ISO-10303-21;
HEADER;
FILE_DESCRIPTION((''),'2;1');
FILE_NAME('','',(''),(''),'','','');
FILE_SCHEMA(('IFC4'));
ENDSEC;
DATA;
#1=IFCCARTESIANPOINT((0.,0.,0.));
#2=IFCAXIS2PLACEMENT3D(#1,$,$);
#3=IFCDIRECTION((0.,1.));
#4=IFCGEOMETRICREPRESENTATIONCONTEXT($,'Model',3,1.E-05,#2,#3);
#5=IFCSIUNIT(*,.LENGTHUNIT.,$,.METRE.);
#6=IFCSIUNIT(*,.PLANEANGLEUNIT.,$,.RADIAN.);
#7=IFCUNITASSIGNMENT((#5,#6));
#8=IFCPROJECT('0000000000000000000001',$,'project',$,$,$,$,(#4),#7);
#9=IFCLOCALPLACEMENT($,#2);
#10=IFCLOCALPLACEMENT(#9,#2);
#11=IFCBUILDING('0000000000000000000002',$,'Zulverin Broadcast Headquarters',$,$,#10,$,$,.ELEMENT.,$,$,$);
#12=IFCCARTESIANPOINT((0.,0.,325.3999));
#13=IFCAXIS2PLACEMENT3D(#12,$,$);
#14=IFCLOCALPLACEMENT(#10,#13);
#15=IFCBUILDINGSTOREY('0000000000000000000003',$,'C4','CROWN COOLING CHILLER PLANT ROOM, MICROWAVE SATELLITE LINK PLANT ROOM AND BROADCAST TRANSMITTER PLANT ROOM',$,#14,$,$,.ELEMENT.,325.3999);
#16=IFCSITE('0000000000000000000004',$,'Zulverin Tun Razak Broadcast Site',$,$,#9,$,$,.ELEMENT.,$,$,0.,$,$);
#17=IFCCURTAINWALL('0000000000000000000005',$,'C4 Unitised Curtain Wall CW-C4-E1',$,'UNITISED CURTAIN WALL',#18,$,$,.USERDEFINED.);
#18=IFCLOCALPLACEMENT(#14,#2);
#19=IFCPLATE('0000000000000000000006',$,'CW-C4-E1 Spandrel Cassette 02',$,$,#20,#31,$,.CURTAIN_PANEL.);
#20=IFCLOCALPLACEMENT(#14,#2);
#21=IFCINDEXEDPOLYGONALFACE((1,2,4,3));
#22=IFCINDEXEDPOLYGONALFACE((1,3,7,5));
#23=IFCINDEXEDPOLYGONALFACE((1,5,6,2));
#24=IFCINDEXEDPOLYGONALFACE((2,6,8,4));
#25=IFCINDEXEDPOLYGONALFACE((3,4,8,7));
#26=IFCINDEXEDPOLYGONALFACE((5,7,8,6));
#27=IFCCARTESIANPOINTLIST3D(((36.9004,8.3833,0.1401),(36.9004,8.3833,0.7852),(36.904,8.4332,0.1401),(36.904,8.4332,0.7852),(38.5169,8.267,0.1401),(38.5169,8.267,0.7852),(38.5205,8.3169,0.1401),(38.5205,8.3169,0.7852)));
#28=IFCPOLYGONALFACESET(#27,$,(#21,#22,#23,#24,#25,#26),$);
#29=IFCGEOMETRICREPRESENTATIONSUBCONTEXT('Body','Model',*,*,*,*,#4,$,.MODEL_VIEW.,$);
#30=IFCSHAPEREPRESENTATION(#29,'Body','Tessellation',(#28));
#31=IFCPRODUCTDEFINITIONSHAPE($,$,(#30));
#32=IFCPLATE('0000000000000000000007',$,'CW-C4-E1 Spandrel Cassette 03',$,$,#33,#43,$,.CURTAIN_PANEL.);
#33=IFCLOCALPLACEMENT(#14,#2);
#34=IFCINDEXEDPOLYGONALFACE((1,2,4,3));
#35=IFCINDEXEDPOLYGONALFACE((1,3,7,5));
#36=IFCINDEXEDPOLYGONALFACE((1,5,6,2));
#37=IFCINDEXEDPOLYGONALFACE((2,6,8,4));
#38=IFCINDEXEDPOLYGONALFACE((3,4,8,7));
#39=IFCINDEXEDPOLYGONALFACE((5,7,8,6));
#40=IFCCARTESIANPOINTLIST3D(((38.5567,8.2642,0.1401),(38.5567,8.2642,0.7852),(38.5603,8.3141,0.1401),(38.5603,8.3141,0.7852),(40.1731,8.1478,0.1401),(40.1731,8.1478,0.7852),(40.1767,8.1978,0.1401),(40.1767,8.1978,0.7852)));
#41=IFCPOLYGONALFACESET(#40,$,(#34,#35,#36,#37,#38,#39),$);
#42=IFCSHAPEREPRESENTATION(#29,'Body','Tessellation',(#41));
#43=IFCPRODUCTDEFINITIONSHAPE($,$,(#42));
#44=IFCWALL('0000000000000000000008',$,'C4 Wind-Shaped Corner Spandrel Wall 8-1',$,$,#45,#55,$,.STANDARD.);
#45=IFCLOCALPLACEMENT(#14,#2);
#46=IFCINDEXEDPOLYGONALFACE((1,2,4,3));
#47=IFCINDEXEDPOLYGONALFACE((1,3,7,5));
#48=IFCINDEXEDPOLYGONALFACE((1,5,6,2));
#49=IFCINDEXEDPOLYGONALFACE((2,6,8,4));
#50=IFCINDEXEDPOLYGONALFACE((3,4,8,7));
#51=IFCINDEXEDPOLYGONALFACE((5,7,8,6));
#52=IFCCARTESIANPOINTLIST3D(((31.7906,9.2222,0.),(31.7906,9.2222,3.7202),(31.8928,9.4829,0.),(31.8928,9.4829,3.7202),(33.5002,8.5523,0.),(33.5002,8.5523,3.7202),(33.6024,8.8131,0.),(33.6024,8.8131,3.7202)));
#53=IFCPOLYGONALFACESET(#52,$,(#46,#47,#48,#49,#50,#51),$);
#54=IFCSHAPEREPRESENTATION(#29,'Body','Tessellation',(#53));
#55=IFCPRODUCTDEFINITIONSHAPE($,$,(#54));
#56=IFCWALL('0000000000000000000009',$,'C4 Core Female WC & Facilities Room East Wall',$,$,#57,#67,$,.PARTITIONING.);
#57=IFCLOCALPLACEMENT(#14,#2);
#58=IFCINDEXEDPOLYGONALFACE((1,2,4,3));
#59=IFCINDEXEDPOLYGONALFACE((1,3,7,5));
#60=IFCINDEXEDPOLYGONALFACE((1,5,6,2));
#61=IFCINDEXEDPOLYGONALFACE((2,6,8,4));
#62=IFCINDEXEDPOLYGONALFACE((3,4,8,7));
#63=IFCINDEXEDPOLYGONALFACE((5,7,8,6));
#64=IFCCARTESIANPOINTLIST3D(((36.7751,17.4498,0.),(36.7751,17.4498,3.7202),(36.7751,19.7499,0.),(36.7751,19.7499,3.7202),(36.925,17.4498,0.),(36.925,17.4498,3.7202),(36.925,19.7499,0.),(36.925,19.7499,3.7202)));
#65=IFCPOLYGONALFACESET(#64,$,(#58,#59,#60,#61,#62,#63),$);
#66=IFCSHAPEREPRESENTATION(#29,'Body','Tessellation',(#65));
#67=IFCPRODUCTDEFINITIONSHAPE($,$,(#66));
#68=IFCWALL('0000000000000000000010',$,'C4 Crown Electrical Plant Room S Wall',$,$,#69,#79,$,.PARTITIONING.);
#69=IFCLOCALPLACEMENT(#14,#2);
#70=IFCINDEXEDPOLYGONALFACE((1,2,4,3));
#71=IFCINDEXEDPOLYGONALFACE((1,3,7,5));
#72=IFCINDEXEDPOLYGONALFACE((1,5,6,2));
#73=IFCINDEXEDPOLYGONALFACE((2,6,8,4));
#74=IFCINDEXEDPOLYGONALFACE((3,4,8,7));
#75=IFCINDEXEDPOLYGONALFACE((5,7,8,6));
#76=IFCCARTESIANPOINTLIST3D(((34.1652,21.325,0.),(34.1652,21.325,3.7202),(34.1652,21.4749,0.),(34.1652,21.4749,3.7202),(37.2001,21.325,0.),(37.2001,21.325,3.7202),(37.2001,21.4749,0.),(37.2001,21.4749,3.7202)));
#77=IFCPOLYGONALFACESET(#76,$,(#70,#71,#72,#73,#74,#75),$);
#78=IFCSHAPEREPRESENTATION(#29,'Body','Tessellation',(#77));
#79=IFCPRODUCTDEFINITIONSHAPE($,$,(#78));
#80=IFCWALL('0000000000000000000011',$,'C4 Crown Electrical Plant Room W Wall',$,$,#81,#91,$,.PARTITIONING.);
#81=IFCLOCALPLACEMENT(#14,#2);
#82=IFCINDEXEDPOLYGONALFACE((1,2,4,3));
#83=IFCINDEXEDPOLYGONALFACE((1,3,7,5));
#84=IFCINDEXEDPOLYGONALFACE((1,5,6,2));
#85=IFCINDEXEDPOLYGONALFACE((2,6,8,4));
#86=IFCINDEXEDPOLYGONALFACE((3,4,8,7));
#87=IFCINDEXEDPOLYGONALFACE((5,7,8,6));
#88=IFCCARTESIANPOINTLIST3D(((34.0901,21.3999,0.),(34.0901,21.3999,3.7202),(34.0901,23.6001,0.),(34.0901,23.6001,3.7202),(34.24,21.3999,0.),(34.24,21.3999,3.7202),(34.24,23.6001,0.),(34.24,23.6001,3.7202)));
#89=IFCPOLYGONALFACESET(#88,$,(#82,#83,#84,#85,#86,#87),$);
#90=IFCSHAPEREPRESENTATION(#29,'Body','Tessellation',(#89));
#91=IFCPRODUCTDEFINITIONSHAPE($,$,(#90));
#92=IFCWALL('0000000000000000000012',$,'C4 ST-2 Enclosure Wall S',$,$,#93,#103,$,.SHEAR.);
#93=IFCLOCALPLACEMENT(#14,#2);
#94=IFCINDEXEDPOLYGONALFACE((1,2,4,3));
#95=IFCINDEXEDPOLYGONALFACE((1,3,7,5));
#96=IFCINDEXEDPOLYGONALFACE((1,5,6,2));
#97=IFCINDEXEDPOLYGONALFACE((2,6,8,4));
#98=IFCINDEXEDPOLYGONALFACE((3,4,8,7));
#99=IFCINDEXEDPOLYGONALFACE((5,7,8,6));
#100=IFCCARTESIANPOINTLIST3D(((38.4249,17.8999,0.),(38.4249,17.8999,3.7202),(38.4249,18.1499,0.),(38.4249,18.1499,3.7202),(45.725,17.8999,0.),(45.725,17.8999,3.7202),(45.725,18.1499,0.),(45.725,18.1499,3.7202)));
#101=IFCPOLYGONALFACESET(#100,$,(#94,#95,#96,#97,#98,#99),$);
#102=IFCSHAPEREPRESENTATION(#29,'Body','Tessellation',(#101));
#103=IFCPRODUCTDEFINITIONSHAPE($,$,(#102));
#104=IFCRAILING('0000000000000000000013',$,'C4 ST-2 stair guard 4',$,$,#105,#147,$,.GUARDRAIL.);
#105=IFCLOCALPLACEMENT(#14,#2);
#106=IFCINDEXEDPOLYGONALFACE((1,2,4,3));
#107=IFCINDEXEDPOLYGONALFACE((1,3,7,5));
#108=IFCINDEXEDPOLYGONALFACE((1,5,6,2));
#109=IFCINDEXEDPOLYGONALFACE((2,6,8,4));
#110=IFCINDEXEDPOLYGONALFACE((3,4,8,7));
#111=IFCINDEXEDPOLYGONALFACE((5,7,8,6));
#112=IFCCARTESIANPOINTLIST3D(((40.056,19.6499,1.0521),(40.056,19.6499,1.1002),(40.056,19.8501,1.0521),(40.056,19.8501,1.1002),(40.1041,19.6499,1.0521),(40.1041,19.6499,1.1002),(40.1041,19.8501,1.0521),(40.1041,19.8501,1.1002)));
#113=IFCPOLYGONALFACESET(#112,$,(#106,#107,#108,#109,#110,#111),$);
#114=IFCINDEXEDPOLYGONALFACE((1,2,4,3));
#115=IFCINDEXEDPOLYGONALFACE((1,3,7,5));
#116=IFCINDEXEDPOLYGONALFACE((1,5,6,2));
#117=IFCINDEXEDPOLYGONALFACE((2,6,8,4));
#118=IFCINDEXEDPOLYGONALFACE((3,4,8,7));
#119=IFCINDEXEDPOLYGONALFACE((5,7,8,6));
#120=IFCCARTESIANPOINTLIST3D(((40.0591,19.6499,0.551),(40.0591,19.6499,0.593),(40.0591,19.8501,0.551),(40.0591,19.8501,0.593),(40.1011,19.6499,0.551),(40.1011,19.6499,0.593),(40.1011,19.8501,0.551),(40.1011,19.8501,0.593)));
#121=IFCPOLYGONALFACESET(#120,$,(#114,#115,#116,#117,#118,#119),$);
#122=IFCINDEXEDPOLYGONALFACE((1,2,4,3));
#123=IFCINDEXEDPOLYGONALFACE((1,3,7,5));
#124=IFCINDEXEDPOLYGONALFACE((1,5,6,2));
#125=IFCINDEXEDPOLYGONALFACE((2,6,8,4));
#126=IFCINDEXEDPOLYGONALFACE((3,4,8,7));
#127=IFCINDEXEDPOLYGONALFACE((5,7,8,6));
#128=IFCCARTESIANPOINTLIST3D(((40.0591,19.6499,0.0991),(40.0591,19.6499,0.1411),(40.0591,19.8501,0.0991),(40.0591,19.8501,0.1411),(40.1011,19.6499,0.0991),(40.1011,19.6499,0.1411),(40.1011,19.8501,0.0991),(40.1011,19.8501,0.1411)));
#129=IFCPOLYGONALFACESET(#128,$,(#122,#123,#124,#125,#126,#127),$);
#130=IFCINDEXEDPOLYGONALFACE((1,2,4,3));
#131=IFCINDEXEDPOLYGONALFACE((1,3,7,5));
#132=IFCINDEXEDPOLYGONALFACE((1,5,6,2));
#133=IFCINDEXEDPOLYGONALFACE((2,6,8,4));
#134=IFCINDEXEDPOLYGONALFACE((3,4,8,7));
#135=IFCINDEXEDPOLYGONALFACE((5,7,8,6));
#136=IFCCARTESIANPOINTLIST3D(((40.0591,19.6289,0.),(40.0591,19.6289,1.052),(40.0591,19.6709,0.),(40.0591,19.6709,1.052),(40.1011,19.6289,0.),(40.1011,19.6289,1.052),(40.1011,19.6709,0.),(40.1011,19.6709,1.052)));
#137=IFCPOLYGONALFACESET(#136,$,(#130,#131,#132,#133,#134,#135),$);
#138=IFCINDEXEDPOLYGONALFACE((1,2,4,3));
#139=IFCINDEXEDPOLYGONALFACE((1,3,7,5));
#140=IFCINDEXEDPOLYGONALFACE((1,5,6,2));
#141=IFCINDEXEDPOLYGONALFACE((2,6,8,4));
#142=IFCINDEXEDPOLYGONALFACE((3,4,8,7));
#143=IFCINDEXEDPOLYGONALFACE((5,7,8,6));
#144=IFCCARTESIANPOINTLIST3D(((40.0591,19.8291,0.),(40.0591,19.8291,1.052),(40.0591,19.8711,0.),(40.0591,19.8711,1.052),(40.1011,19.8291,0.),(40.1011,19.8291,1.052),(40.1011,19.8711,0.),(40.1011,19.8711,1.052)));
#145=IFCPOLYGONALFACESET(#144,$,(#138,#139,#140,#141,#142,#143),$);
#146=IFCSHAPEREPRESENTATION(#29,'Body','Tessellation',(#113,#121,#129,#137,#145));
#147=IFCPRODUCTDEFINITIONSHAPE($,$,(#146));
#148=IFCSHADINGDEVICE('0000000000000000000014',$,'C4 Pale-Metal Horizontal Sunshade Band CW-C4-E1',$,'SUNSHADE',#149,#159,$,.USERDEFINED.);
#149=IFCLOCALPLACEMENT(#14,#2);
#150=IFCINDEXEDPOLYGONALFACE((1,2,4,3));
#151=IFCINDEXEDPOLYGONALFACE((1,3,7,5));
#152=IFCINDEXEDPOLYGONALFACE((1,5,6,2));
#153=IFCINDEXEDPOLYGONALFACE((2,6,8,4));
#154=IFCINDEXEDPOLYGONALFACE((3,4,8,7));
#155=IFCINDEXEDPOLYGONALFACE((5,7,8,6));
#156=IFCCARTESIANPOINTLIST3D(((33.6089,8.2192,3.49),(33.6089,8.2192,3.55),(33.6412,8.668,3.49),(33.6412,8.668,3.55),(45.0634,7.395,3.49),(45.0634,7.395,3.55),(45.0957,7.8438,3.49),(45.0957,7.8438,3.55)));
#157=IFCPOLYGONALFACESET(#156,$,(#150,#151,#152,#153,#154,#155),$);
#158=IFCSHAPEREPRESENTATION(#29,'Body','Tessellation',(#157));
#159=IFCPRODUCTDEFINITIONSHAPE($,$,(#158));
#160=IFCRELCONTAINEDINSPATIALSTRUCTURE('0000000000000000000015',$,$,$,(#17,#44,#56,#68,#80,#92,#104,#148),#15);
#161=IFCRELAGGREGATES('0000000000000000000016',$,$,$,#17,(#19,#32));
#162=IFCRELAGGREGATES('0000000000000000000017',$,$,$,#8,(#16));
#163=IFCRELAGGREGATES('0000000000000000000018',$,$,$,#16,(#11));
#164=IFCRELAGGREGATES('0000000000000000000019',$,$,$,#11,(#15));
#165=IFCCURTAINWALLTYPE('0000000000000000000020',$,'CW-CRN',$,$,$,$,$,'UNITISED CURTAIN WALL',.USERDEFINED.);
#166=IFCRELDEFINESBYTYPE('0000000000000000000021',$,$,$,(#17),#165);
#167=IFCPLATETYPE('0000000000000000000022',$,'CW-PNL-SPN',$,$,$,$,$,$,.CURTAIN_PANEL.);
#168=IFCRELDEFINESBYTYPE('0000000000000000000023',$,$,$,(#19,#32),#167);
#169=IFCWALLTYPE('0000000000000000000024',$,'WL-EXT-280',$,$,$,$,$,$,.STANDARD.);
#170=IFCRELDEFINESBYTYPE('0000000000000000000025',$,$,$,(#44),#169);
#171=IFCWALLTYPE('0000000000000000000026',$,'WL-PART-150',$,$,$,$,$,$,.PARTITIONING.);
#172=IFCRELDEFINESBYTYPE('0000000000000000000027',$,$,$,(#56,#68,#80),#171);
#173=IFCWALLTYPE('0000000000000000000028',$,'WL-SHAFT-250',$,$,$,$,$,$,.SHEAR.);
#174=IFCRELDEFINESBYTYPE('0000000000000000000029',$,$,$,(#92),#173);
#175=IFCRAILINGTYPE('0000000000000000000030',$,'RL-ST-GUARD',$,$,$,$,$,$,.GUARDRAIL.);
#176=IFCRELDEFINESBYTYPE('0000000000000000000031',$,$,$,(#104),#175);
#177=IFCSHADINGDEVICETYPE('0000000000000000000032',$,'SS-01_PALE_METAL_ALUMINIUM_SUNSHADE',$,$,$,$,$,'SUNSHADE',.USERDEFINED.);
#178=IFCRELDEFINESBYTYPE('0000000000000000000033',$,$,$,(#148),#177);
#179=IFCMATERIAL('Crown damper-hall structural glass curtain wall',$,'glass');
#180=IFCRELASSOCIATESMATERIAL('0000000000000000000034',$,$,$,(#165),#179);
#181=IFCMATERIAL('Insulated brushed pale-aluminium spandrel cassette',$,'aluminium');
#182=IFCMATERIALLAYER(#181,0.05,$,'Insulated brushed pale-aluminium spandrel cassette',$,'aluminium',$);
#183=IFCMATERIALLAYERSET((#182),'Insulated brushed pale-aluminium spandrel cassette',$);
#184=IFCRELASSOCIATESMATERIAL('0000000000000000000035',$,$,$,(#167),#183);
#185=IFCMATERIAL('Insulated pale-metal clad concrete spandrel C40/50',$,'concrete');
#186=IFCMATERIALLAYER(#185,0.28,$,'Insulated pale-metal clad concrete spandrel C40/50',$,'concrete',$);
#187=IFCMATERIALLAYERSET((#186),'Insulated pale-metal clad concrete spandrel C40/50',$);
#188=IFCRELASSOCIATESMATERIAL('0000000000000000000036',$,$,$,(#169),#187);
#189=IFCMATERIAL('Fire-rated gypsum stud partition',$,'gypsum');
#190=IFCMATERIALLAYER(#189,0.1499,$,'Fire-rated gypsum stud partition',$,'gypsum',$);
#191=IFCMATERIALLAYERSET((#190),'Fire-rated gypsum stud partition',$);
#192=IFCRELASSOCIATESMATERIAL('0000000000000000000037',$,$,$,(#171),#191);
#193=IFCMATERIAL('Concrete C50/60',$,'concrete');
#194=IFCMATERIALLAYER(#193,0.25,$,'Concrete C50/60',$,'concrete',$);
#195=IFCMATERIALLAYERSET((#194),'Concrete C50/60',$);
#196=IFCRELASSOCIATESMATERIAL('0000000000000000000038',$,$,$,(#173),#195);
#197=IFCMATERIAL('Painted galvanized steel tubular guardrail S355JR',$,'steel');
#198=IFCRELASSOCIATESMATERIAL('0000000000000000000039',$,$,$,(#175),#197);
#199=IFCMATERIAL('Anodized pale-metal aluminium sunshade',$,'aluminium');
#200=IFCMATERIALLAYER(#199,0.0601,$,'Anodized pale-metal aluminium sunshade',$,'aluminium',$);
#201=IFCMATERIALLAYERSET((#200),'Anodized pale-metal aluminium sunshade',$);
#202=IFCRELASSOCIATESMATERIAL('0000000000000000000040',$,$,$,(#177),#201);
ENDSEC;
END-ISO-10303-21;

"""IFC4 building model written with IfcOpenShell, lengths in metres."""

from ifc_helpers import new_model, si_unit, direction, frame, frame_2d, origin, origin_2d, place, context, subcontext, project, spatial, rectangle, extrude, material, layer, layer_set, type_object, element, aggregate, save


model = new_model("IFC4")

# Units and contexts
model_context = context("Model", 3, precision=1e-05, world=origin(), true_north=direction((0.0, 1.0)))
body_context = subcontext(model_context, "Body", "Model", "MODEL_VIEW")
ifc_project = project(units=[si_unit("LENGTHUNIT", "METRE"), si_unit("PLANEANGLEUNIT", "RADIAN")], contexts=[model_context])

# Site, building, storey
site_placement = place(None, origin())
site = spatial("IfcSite", under=ifc_project, at=site_placement, Name="Zulverin Tun Razak Broadcast Site", CompositionType="ELEMENT", RefElevation=0.0)
building_placement = place(site_placement, origin())
building = spatial("IfcBuilding", under=site, at=building_placement, Name="Zulverin Broadcast Headquarters", CompositionType="ELEMENT")
storey_placement = place(building_placement, frame((0.0, 0.0, 325.3999)))
storey = spatial("IfcBuildingStorey", under=building, at=storey_placement, Name="C4", Description="CROWN COOLING CHILLER PLANT ROOM, MICROWAVE SATELLITE LINK PLANT ROOM AND BROADCAST TRANSMITTER PLANT ROOM", CompositionType="ELEMENT", Elevation=325.3999)

# Shared definitions
ifc_material_1 = material(Name="Concrete C50/60", Category="concrete")

# Curtain wall, plates
ifc_material_2 = material(Name="Crown damper-hall structural glass curtain wall", Category="glass")
curtain_wall_type = type_object("IfcCurtainWallType", Name="CW-CRN", ElementType="UNITISED CURTAIN WALL", PredefinedType="USERDEFINED", material=ifc_material_2)
curtain_wall_placement = place(storey_placement, origin())
curtain_wall = element("IfcCurtainWall", 1, at=curtain_wall_placement, inside=storey, type_object=curtain_wall_type, Name="C4 Unitised Curtain Wall CW-C4-E1", ObjectType="UNITISED CURTAIN WALL", PredefinedType="USERDEFINED")
ifc_material_3 = material(Name="Insulated brushed pale-aluminium spandrel cassette", Category="aluminium")
ifc_layer_1 = layer(ifc_material_3, 0.05, Name="Insulated brushed pale-aluminium spandrel cassette", Category="aluminium")
ifc_layer_set_1 = layer_set([ifc_layer_1], Name="Insulated brushed pale-aluminium spandrel cassette")
plate_type_1 = type_object("IfcPlateType", Name="CW-PNL-SPN", PredefinedType="CURTAIN_PANEL", material=ifc_layer_set_1)
plate_1_placement = place(storey_placement, frame((37.7104, 8.3501, 0.1401), z_axis=(0.0, 0.0, 1.0), x_axis=(0.997421, -0.071774, 0.0)))
plate_1 = element("IfcPlate", 2, at=plate_1_placement, type_object=plate_type_1, Name="CW-C4-E1 Spandrel Cassette 02", PredefinedType="CURTAIN_PANEL", context=body_context, shape_type="SweptSolid", body=[
    extrude(rectangle(XDim=1.6206, YDim=0.05, at=origin_2d()), origin(), (0.0, 0.0, 1.0), 0.645),
])
plate_2_placement = place(storey_placement, frame((39.3667, 8.231, 0.1401), z_axis=(0.0, 0.0, 1.0), x_axis=(0.997421, -0.071774, 0.0)))
plate_2 = element("IfcPlate", 3, at=plate_2_placement, type_object=plate_type_1, Name="CW-C4-E1 Spandrel Cassette 03", PredefinedType="CURTAIN_PANEL", context=body_context, shape_type="SweptSolid", body=[
    extrude(rectangle(XDim=1.6206, YDim=0.05, at=origin_2d()), origin(), (0.0, 0.0, 1.0), 0.645),
])
aggregate(curtain_wall, [plate_1, plate_2])

# Walls
ifc_material_4 = material(Name="Insulated pale-metal clad concrete spandrel C40/50", Category="concrete")
ifc_layer_2 = layer(ifc_material_4, 0.28, Name="Insulated pale-metal clad concrete spandrel C40/50", Category="concrete")
ifc_layer_set_2 = layer_set([ifc_layer_2], Name="Insulated pale-metal clad concrete spandrel C40/50")
wall_type_1 = type_object("IfcWallType", Name="WL-EXT-280", PredefinedType="STANDARD", material=ifc_layer_set_2)
wall_1_placement = place(storey_placement, frame((31.8418, 9.3525, 0.0), z_axis=(0.0, 0.0, 1.0), x_axis=(0.931076, -0.364825, 0.0)))
element("IfcWall", 4, at=wall_1_placement, inside=storey, type_object=wall_type_1, Name="C4 Wind-Shaped Corner Spandrel Wall 8-1", PredefinedType="STANDARD", context=body_context, shape_type="SweptSolid", body=[
    extrude(rectangle(XDim=1.8362, YDim=0.28, at=frame_2d((0.918, 0.0))), origin(), (0.0, 0.0, 1.0), 3.7202),
])
ifc_material_5 = material(Name="Fire-rated gypsum stud partition", Category="gypsum")
ifc_layer_3 = layer(ifc_material_5, 0.1499, Name="Fire-rated gypsum stud partition", Category="gypsum")
ifc_layer_set_3 = layer_set([ifc_layer_3], Name="Fire-rated gypsum stud partition")
wall_type_2 = type_object("IfcWallType", Name="WL-PART-150", PredefinedType="PARTITIONING", material=ifc_layer_set_3)
wall_2_placement = place(storey_placement, frame((36.8501, 17.45, 0.0), z_axis=(0.0, 0.0, 1.0), x_axis=(0.0, 1.0, 0.0)))
element("IfcWall", 5, at=wall_2_placement, inside=storey, type_object=wall_type_2, Name="C4 Core Female WC & Facilities Room East Wall", PredefinedType="PARTITIONING", context=body_context, shape_type="SweptSolid", body=[
    extrude(rectangle(XDim=2.3, YDim=0.1499, at=frame_2d((1.1499, 0.0))), origin(), (0.0, 0.0, 1.0), 3.7202),
])
wall_3_placement = place(storey_placement, frame((34.165, 21.3999, 0.0), z_axis=(0.0, 0.0, 1.0), x_axis=(1.0, 0.0, 0.0)))
element("IfcWall", 6, at=wall_3_placement, inside=storey, type_object=wall_type_2, Name="C4 Crown Electrical Plant Room S Wall", PredefinedType="PARTITIONING", context=body_context, shape_type="SweptSolid", body=[
    extrude(rectangle(XDim=3.0349, YDim=0.1499, at=frame_2d((1.5176, 0.0))), origin(), (0.0, 0.0, 1.0), 3.7202),
])
wall_4_placement = place(storey_placement, frame((34.165, 21.3999, 0.0), z_axis=(0.0, 0.0, 1.0), x_axis=(0.0, 1.0, 0.0)))
element("IfcWall", 7, at=wall_4_placement, inside=storey, type_object=wall_type_2, Name="C4 Crown Electrical Plant Room W Wall", PredefinedType="PARTITIONING", context=body_context, shape_type="SweptSolid", body=[
    extrude(rectangle(XDim=2.2002, YDim=0.1499, at=frame_2d((1.1001, 0.0))), origin(), (0.0, 0.0, 1.0), 3.7202),
])
ifc_layer_4 = layer(ifc_material_1, 0.25, Name="Concrete C50/60", Category="concrete")
ifc_layer_set_4 = layer_set([ifc_layer_4], Name="Concrete C50/60")
wall_type_3 = type_object("IfcWallType", Name="WL-SHAFT-250", PredefinedType="SHEAR", material=ifc_layer_set_4)
wall_5_placement = place(storey_placement, frame((38.425, 18.0249, 0.0), z_axis=(0.0, 0.0, 1.0), x_axis=(1.0, 0.0, 0.0)))
element("IfcWall", 8, at=wall_5_placement, inside=storey, type_object=wall_type_3, Name="C4 ST-2 Enclosure Wall S", PredefinedType="SHEAR", context=body_context, shape_type="SweptSolid", body=[
    extrude(rectangle(XDim=7.3, YDim=0.25, at=frame_2d((3.6499, 0.0))), origin(), (0.0, 0.0, 1.0), 3.7202),
])

# Railing
ifc_material_6 = material(Name="Painted galvanized steel tubular guardrail S355JR", Category="steel")
railing_type = type_object("IfcRailingType", Name="RL-ST-GUARD", PredefinedType="GUARDRAIL", material=ifc_material_6)
railing_placement = place(storey_placement, frame((40.0801, 19.6499, 0.0)))
element("IfcRailing", 9, at=railing_placement, inside=storey, type_object=railing_type, Name="C4 ST-2 stair guard 4", PredefinedType="GUARDRAIL", context=body_context, shape_type="SweptSolid", body=[
    extrude(rectangle(XDim=0.0481, YDim=0.0481, at=origin_2d()), frame((0.0, 0.0, 1.0762), z_axis=(0.0, 1.0, 0.0), x_axis=(-1.0, 0.0, 0.0)), (0.0, 0.0, 1.0), 0.2002),
    extrude(rectangle(XDim=0.042, YDim=0.042, at=origin_2d()), frame((0.0, 0.0, 0.572), z_axis=(0.0, 1.0, 0.0), x_axis=(-1.0, 0.0, 0.0)), (0.0, 0.0, 1.0), 0.2002),
    extrude(rectangle(XDim=0.042, YDim=0.042, at=origin_2d()), frame((0.0, 0.0, 0.1201), z_axis=(0.0, 1.0, 0.0), x_axis=(-1.0, 0.0, 0.0)), (0.0, 0.0, 1.0), 0.2002),
    extrude(rectangle(XDim=0.042, YDim=0.042, at=origin_2d()), origin(), (0.0, 0.0, 1.0), 1.052),
    extrude(rectangle(XDim=0.042, YDim=0.042, at=origin_2d()), frame((0.0, 0.2002, 0.0)), (0.0, 0.0, 1.0), 1.052),
])

# Shading device
ifc_material_7 = material(Name="Anodized pale-metal aluminium sunshade", Category="aluminium")
ifc_layer_5 = layer(ifc_material_7, 0.0601, Name="Anodized pale-metal aluminium sunshade", Category="aluminium")
ifc_layer_set_5 = layer_set([ifc_layer_5], Name="Anodized pale-metal aluminium sunshade")
shading_device_type = type_object("IfcShadingDeviceType", Name="SS-01_PALE_METAL_ALUMINIUM_SUNSHADE", ElementType="SUNSHADE", PredefinedType="USERDEFINED", material=ifc_layer_set_5)
shading_device_placement = place(storey_placement, frame((39.3523, 8.0315, 3.49), z_axis=(0.0, 0.0, 1.0), x_axis=(0.997421, -0.071774, 0.0)))
element("IfcShadingDevice", 10, at=shading_device_placement, inside=storey, type_object=shading_device_type, Name="C4 Pale-Metal Horizontal Sunshade Band CW-C4-E1", ObjectType="SUNSHADE", PredefinedType="USERDEFINED", context=body_context, shape_type="SweptSolid", body=[
    extrude(rectangle(XDim=11.4841, YDim=0.45, at=origin_2d()), origin(), (0.0, 0.0, 1.0), 0.0601),
])

save(model, "model.ifc")
